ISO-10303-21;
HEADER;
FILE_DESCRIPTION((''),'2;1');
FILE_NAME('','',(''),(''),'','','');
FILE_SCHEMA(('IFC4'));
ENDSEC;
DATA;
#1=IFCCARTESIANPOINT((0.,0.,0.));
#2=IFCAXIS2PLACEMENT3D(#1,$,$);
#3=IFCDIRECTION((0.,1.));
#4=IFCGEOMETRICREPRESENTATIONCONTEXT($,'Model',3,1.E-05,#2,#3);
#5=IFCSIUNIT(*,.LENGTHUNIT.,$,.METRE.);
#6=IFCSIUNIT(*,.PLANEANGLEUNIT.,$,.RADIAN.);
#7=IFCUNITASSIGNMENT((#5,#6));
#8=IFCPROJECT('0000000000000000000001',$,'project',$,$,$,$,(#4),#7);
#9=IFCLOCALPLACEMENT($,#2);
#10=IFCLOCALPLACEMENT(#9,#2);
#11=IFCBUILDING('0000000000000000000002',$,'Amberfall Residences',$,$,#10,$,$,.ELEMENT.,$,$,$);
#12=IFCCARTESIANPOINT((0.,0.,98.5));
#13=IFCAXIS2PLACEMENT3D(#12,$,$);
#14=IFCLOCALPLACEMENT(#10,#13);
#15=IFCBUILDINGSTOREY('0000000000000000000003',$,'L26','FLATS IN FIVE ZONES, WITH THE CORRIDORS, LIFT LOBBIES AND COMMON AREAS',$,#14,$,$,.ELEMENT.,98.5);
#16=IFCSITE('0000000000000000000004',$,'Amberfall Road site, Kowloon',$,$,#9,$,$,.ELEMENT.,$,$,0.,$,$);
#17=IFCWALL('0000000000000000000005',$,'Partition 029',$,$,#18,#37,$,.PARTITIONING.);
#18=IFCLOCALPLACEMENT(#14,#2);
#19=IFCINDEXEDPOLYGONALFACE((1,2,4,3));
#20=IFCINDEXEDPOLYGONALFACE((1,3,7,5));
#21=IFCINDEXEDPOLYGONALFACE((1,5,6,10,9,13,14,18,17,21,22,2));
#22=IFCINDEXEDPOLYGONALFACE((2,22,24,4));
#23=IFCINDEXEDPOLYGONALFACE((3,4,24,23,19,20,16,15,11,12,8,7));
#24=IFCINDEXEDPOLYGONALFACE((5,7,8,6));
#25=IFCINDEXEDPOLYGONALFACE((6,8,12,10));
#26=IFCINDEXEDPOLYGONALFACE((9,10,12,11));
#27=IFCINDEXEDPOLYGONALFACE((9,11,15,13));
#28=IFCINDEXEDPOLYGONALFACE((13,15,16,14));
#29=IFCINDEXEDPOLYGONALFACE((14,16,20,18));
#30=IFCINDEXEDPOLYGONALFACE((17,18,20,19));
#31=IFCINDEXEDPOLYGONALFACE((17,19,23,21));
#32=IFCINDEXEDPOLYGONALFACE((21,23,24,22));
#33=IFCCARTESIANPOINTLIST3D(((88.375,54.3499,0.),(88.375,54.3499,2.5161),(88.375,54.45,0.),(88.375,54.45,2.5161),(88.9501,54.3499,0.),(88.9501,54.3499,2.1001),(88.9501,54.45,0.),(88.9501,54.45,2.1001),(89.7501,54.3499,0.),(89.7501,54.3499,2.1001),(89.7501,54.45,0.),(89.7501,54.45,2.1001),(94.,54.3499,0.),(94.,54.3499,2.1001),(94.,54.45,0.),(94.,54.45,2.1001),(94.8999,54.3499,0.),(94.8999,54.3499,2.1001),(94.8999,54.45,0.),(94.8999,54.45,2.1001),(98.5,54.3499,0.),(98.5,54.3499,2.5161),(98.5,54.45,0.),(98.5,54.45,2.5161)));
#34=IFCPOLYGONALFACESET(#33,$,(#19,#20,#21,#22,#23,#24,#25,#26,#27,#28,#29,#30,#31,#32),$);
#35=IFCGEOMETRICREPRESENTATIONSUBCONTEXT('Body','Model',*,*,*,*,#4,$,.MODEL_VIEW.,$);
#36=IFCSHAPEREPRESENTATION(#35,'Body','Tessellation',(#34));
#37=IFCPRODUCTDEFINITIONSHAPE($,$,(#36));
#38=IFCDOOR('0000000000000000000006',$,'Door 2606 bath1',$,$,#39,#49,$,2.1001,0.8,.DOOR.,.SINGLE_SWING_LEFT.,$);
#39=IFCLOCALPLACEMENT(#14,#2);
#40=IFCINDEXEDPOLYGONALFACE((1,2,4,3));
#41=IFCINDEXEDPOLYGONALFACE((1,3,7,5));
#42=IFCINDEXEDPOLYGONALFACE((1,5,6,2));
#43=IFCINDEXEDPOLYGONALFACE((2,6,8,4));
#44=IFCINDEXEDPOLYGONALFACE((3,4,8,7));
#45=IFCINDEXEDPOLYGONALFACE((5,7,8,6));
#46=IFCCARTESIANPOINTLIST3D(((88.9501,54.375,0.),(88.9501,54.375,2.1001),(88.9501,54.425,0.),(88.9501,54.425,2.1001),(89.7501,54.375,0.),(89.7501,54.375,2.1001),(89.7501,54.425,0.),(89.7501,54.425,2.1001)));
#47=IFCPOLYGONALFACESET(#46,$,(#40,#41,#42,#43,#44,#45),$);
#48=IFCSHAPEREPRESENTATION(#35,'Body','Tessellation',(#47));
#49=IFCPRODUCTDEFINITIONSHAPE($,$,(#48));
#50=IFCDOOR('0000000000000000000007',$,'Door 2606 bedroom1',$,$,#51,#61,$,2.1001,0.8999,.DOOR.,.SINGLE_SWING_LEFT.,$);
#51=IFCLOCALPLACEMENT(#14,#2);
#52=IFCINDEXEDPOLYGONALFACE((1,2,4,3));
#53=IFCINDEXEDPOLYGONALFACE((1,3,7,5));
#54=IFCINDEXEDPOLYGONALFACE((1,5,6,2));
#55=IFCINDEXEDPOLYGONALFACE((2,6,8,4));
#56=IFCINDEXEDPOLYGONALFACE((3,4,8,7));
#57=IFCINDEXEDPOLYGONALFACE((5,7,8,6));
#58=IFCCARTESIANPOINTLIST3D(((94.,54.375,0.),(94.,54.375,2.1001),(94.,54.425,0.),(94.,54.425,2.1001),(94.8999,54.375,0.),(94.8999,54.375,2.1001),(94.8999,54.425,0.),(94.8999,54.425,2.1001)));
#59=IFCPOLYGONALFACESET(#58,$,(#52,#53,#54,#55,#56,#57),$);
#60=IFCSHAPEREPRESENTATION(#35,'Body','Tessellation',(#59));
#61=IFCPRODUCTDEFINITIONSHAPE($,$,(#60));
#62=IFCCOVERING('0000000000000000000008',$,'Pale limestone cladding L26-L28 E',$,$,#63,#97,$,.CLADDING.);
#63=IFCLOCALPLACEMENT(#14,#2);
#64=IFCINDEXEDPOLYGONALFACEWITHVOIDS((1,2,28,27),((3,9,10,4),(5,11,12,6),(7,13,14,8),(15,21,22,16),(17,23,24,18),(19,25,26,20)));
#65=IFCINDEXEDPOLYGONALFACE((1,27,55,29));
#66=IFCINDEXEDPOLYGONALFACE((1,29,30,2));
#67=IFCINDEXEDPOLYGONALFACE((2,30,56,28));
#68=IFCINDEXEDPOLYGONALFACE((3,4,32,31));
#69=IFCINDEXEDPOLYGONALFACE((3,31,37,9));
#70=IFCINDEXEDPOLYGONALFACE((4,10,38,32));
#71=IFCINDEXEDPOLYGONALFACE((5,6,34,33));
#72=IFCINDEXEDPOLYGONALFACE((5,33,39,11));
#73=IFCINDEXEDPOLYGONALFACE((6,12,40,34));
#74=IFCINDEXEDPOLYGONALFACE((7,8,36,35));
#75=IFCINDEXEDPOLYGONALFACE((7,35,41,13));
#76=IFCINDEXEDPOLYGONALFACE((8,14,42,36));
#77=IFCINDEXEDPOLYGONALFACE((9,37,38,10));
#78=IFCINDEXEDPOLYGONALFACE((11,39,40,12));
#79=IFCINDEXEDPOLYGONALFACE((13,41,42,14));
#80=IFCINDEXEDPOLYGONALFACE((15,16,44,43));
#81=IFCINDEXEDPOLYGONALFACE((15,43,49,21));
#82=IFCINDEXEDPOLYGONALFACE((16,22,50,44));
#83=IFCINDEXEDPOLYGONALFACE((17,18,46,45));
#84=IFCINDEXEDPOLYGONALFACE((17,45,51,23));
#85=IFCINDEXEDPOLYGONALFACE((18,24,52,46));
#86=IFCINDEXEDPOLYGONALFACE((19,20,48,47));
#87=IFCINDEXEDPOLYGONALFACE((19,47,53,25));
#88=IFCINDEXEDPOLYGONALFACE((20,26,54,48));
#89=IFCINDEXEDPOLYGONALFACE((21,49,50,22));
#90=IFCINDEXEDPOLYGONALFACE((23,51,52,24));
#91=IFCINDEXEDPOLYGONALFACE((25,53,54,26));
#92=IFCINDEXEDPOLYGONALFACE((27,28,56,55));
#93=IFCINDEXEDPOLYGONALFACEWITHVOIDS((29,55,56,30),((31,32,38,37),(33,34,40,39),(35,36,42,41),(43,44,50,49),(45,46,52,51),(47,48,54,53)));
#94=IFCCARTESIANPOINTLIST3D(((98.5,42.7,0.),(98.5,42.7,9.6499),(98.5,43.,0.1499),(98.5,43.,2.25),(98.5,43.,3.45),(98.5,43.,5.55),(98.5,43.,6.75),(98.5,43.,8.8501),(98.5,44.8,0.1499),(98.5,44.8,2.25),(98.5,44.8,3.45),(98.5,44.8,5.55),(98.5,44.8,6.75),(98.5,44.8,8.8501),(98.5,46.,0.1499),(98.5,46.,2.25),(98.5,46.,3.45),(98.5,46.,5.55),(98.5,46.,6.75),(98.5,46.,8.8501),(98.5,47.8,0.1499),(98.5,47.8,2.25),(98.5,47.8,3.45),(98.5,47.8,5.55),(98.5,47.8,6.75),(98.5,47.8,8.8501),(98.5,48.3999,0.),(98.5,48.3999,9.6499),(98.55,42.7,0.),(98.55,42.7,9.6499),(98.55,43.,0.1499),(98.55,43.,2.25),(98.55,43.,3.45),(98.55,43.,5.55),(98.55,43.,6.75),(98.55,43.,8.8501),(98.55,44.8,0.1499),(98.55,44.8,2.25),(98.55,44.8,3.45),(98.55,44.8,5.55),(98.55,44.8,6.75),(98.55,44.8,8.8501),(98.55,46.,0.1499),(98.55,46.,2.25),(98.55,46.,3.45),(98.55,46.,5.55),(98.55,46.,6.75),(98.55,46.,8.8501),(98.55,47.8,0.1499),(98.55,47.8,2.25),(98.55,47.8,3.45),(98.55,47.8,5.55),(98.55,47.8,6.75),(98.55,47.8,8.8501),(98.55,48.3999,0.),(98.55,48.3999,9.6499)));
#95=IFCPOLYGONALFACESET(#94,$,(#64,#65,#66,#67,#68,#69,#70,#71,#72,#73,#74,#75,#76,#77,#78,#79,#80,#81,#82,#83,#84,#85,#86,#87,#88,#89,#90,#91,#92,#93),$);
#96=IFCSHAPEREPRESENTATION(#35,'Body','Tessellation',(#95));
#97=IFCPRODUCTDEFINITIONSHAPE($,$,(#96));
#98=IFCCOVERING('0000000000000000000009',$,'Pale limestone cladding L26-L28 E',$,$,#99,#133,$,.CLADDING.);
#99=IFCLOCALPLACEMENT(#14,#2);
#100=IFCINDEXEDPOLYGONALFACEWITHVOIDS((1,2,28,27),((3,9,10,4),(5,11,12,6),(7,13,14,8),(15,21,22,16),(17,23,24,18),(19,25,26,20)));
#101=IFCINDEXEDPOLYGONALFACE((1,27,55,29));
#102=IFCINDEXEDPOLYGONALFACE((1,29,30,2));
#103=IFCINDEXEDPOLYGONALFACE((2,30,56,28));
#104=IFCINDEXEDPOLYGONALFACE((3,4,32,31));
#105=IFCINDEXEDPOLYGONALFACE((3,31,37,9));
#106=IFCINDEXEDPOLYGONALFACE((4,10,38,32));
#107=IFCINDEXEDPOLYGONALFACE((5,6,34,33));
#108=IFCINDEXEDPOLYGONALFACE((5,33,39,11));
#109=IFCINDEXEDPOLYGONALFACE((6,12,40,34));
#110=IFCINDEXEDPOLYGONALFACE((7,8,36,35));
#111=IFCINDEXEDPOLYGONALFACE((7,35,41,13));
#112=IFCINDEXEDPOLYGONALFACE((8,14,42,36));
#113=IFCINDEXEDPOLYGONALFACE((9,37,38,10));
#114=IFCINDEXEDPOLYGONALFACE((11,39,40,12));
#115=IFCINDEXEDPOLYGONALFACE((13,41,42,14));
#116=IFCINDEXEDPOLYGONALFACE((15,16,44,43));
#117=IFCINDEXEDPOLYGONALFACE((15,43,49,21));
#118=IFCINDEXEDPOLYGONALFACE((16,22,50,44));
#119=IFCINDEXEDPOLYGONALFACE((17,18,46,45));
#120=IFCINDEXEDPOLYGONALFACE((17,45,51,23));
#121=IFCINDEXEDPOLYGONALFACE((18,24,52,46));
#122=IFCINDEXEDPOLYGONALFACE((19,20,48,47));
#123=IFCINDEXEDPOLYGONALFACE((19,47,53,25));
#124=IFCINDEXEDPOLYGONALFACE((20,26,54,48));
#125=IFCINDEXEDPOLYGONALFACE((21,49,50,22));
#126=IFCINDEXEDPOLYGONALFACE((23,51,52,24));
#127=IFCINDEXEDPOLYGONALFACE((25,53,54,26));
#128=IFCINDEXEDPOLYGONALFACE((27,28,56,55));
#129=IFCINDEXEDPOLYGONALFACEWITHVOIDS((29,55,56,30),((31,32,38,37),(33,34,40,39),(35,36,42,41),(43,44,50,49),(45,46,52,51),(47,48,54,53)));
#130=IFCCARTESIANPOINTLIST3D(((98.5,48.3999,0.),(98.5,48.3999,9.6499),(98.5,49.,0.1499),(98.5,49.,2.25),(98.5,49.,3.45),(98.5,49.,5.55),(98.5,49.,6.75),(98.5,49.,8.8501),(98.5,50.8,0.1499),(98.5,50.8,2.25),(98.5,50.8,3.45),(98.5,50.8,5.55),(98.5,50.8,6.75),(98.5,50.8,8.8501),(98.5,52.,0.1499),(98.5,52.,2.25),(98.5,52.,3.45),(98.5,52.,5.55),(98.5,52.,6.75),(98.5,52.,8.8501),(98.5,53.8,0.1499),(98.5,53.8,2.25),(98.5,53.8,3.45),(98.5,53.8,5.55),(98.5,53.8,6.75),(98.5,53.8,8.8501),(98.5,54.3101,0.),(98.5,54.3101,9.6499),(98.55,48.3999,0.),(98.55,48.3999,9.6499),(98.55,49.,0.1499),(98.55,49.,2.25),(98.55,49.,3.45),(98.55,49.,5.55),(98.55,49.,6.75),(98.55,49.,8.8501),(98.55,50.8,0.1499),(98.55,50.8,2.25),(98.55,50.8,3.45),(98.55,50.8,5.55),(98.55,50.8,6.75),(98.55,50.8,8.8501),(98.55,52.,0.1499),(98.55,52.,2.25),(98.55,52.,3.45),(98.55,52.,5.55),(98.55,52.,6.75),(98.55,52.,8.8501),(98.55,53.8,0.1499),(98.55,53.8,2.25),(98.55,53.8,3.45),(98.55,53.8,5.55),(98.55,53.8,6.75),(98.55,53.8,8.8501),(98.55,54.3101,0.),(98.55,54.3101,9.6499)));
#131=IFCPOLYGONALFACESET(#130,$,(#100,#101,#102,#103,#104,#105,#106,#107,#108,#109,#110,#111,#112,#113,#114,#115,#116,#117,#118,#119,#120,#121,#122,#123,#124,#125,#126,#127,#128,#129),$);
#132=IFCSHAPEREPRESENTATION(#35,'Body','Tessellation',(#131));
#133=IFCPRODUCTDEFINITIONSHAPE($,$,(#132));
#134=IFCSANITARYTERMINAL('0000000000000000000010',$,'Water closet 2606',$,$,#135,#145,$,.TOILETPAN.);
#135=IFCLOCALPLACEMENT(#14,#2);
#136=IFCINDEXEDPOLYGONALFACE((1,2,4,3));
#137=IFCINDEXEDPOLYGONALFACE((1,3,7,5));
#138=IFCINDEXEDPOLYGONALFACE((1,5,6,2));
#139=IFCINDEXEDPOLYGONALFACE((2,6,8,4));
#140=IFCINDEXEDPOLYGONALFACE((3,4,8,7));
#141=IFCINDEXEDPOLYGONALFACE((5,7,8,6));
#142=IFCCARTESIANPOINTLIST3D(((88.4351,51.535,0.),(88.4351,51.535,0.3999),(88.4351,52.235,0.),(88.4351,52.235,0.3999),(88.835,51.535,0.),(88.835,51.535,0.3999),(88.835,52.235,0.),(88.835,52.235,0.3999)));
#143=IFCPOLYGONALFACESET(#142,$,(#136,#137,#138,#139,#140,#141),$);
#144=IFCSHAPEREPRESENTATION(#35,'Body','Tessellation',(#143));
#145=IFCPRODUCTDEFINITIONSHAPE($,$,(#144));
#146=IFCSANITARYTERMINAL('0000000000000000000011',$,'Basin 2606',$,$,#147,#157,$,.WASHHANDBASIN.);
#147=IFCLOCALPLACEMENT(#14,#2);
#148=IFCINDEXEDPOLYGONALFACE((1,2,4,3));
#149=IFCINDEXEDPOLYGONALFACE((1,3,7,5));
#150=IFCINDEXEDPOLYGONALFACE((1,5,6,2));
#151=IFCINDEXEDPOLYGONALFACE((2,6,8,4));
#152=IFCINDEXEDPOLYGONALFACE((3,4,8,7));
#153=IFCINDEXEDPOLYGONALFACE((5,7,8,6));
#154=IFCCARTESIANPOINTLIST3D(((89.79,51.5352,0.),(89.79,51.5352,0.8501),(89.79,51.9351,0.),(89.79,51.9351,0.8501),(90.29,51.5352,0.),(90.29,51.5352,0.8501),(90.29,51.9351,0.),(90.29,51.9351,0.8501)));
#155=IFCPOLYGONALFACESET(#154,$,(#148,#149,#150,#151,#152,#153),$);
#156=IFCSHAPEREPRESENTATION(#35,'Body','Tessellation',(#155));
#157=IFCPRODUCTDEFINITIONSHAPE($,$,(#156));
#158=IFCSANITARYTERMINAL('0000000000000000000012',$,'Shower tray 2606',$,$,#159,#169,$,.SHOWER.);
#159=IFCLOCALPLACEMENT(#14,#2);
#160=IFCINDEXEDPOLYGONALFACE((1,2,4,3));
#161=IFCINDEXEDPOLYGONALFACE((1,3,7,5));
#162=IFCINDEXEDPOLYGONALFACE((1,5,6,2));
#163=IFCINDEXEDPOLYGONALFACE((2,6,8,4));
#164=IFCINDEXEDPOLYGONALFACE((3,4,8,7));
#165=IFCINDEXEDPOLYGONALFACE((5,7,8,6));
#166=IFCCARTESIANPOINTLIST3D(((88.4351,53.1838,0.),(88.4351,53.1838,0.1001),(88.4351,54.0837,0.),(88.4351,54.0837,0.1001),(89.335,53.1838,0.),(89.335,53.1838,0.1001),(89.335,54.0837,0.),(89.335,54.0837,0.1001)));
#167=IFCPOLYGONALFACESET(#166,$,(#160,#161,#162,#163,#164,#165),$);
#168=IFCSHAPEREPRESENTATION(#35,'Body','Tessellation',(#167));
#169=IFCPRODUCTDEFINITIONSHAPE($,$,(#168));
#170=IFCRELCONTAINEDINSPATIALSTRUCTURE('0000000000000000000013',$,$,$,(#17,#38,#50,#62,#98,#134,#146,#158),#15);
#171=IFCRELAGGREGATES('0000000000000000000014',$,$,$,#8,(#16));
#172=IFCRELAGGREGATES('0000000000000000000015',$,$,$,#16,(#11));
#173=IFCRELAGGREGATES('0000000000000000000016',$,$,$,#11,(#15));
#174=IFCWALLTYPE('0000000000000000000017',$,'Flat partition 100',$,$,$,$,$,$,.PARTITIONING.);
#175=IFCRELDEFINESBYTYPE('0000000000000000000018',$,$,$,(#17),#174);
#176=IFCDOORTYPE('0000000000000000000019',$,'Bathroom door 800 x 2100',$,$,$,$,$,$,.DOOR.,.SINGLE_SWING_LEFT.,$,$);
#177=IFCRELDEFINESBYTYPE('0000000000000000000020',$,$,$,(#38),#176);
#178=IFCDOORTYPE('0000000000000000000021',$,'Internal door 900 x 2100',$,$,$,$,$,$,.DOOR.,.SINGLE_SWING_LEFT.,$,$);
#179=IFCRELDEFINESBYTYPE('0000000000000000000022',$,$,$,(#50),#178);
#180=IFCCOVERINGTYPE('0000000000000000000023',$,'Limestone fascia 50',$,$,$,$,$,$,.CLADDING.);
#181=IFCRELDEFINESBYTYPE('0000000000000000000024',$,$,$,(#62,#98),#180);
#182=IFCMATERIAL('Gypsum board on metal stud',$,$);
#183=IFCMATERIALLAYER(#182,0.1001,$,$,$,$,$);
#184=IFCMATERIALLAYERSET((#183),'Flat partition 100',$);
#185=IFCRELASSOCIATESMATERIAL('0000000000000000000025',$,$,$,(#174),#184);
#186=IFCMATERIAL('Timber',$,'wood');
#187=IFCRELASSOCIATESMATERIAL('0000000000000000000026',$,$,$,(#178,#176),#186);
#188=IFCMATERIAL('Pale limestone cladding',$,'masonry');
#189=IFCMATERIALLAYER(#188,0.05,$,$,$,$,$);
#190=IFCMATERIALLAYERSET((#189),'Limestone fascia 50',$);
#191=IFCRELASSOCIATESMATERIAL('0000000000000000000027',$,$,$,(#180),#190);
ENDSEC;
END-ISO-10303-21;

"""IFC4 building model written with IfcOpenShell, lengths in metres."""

from ifc_helpers import new_model, si_unit, direction, frame, frame_2d, origin, origin_2d, place, context, subcontext, project, spatial, polyline, rectangle, outline, extrude, material, layer, layer_set, type_object, element, fill, save


model = new_model("IFC4")

# Units and contexts
model_context = context("Model", 3, precision=1e-05, world=origin(), true_north=direction((0.0, 1.0)))
body_context = subcontext(model_context, "Body", "Model", "MODEL_VIEW")
ifc_project = project(units=[si_unit("LENGTHUNIT", "METRE"), si_unit("PLANEANGLEUNIT", "RADIAN")], contexts=[model_context])

# Site, building, storey
site_placement = place(None, origin())
site = spatial("IfcSite", under=ifc_project, at=site_placement, Name="Amberfall Road site, Kowloon", CompositionType="ELEMENT", RefElevation=0.0)
building_placement = place(site_placement, origin())
building = spatial("IfcBuilding", under=site, at=building_placement, Name="Amberfall Residences", CompositionType="ELEMENT")
storey_placement = place(building_placement, frame((0.0, 0.0, 98.5)))
storey = spatial("IfcBuildingStorey", under=building, at=storey_placement, Name="L26", Description="FLATS IN FIVE ZONES, WITH THE CORRIDORS, LIFT LOBBIES AND COMMON AREAS", CompositionType="ELEMENT", Elevation=98.5)

# Shared definitions
ifc_material_1 = material(Name="Gypsum board on metal stud")
ifc_layer_1 = layer(ifc_material_1, 0.1001)
ifc_layer_set_1 = layer_set([ifc_layer_1], Name="Flat partition 100")
wall_type_1 = type_object("IfcWallType", Name="Flat partition 100", PredefinedType="PARTITIONING", material=ifc_layer_set_1)
ifc_material_2 = material(Name="Timber", Category="wood")
door_type_1 = type_object("IfcDoorType", Name="Internal door 900 x 2100", OperationType="SINGLE_SWING_LEFT", PredefinedType="DOOR", material=ifc_material_2)

# Wall, openings, doors
wall_1_placement = place(storey_placement, frame((98.5, 54.3999, 0.0), z_axis=(0.0, 0.0, 1.0), x_axis=(-1.0, 0.0, 0.0)))
wall_1 = element("IfcWall", 1, at=wall_1_placement, inside=storey, type_object=wall_type_1, Name="Partition 029", PredefinedType="PARTITIONING", context=body_context, shape_type="SweptSolid", body=[
    extrude(rectangle(XDim=10.125, YDim=0.1001, at=frame_2d((5.0625, 0.0))), origin(), (0.0, 0.0, 1.0), 2.5161),
])
opening_1_placement = place(wall_1_placement, frame((3.6001, 0.0, 0.0)))
opening_1 = element("IfcOpeningElement", 2, at=opening_1_placement, cuts=wall_1, PredefinedType="OPENING", context=body_context, shape_type="SweptSolid", body=[
    extrude(rectangle(XDim=0.8999, YDim=2.1001, at=frame_2d((0.45, 1.05))), frame((0.0, 0.0601, 0.0), z_axis=(0.0, -1.0, 0.0), x_axis=(1.0, 0.0, 0.0)), (0.0, 0.0, 1.0), 0.1201),
])
opening_2_placement = place(wall_1_placement, frame((8.75, 0.0, 0.0)))
opening_2 = element("IfcOpeningElement", 3, at=opening_2_placement, cuts=wall_1, PredefinedType="OPENING", context=body_context, shape_type="SweptSolid", body=[
    extrude(rectangle(XDim=0.8, YDim=2.1001, at=frame_2d((0.3999, 1.05))), frame((0.0, 0.0601, 0.0), z_axis=(0.0, -1.0, 0.0), x_axis=(1.0, 0.0, 0.0)), (0.0, 0.0, 1.0), 0.1201),
])
door_type_2 = type_object("IfcDoorType", Name="Bathroom door 800 x 2100", OperationType="SINGLE_SWING_LEFT", PredefinedType="DOOR", material=ifc_material_2)
door_1_placement = place(opening_2_placement, origin())
door_1 = element("IfcDoor", 4, at=door_1_placement, inside=storey, type_object=door_type_2, Name="Door 2606 bath1", OperationType="SINGLE_SWING_LEFT", OverallHeight=2.1001, OverallWidth=0.8, PredefinedType="DOOR", context=body_context, shape_type="SweptSolid", body=[
    extrude(rectangle(XDim=0.8, YDim=2.1001, at=frame_2d((0.3999, 1.05))), frame((0.0, 0.0249, 0.0), z_axis=(0.0, -1.0, 0.0), x_axis=(1.0, 0.0, 0.0)), (0.0, 0.0, 1.0), 0.05),
])
fill(opening_2, door_1)
door_2_placement = place(opening_1_placement, origin())
door_2 = element("IfcDoor", 5, at=door_2_placement, inside=storey, type_object=door_type_1, Name="Door 2606 bedroom1", OperationType="SINGLE_SWING_LEFT", OverallHeight=2.1001, OverallWidth=0.8999, PredefinedType="DOOR", context=body_context, shape_type="SweptSolid", body=[
    extrude(rectangle(XDim=0.8999, YDim=2.1001, at=frame_2d((0.45, 1.05))), frame((0.0, 0.0249, 0.0), z_axis=(0.0, -1.0, 0.0), x_axis=(1.0, 0.0, 0.0)), (0.0, 0.0, 1.0), 0.05),
])
fill(opening_1, door_2)

# Coverings
ifc_material_3 = material(Name="Pale limestone cladding", Category="masonry")
ifc_layer_2 = layer(ifc_material_3, 0.05)
ifc_layer_set_2 = layer_set([ifc_layer_2], Name="Limestone fascia 50")
covering_type = type_object("IfcCoveringType", Name="Limestone fascia 50", PredefinedType="CLADDING", material=ifc_layer_set_2)
covering_1_placement = place(storey_placement, frame((98.5, 42.7, 9.6499), z_axis=(-1.0, 0.0, 0.0), x_axis=(0.0, 1.0, 0.0)))
element("IfcCovering", 6, at=covering_1_placement, inside=storey, type_object=covering_type, Name="Pale limestone cladding L26-L28 E", PredefinedType="CLADDING", context=body_context, shape_type="SweptSolid", body=[
    extrude(outline(polyline([(0.0, 0.0), (5.7, 0.0), (5.7, 9.6499), (0.0, 9.6499), (0.0, 0.0)]), holes=[polyline([(0.3, 7.3999), (2.1001, 7.3999), (2.1001, 9.5), (0.3, 9.5), (0.3, 7.3999)]), polyline([(3.3, 7.3999), (5.1001, 7.3999), (5.1001, 9.5), (3.3, 9.5), (3.3, 7.3999)]), polyline([(0.3, 4.0999), (2.1001, 4.0999), (2.1001, 6.2), (0.3, 6.2), (0.3, 4.0999)]), polyline([(3.3, 4.0999), (5.1001, 4.0999), (5.1001, 6.2), (3.3, 6.2), (3.3, 4.0999)]), polyline([(0.3, 0.7998), (2.1001, 0.7998), (2.1001, 2.8999), (0.3, 2.8999), (0.3, 0.7998)]), polyline([(3.3, 0.7998), (5.1001, 0.7998), (5.1001, 2.8999), (3.3, 2.8999), (3.3, 0.7998)])]), origin(), (0.0, 0.0, -1.0), 0.05),
])
covering_2_placement = place(storey_placement, frame((98.5, 48.3999, 9.6499), z_axis=(-1.0, 0.0, 0.0), x_axis=(0.0, 1.0, 0.0)))
element("IfcCovering", 7, at=covering_2_placement, inside=storey, type_object=covering_type, Name="Pale limestone cladding L26-L28 E", PredefinedType="CLADDING", context=body_context, shape_type="SweptSolid", body=[
    extrude(outline(polyline([(0.0, 0.0), (5.9102, 0.0), (5.9102, 9.6499), (0.0, 9.6499), (0.0, 0.0)]), holes=[polyline([(0.6001, 7.3999), (2.4001, 7.3999), (2.4001, 9.5), (0.6001, 9.5), (0.6001, 7.3999)]), polyline([(3.6001, 7.3999), (5.4001, 7.3999), (5.4001, 9.5), (3.6001, 9.5), (3.6001, 7.3999)]), polyline([(0.6001, 4.0999), (2.4001, 4.0999), (2.4001, 6.2), (0.6001, 6.2), (0.6001, 4.0999)]), polyline([(3.6001, 4.0999), (5.4001, 4.0999), (5.4001, 6.2), (3.6001, 6.2), (3.6001, 4.0999)]), polyline([(0.6001, 0.7998), (2.4001, 0.7998), (2.4001, 2.8999), (0.6001, 2.8999), (0.6001, 0.7998)]), polyline([(3.6001, 0.7998), (5.4001, 0.7998), (5.4001, 2.8999), (3.6001, 2.8999), (3.6001, 0.7998)])]), origin(), (0.0, 0.0, -1.0), 0.05),
])

# Sanitary terminals
sanitary_terminal_1_placement = place(storey_placement, frame((88.635, 51.885, 0.0), z_axis=(0.0, 0.0, 1.0), x_axis=(1.0, 0.0, 0.0)))
element("IfcSanitaryTerminal", 8, at=sanitary_terminal_1_placement, inside=storey, Name="Water closet 2606", PredefinedType="TOILETPAN", context=body_context, shape_type="SweptSolid", body=[
    extrude(rectangle(XDim=0.3999, YDim=0.7, at=origin_2d()), origin(), (0.0, 0.0, 1.0), 0.3999),
])
sanitary_terminal_2_placement = place(storey_placement, frame((90.04, 51.7351, 0.0), z_axis=(0.0, 0.0, 1.0), x_axis=(1.0, 0.0, 0.0)))
element("IfcSanitaryTerminal", 9, at=sanitary_terminal_2_placement, inside=storey, Name="Basin 2606", PredefinedType="WASHHANDBASIN", context=body_context, shape_type="SweptSolid", body=[
    extrude(rectangle(XDim=0.5, YDim=0.3999, at=origin_2d()), origin(), (0.0, 0.0, 1.0), 0.8501),
])
sanitary_terminal_3_placement = place(storey_placement, frame((88.885, 53.6338, 0.0), z_axis=(0.0, 0.0, 1.0), x_axis=(1.0, 0.0, 0.0)))
element("IfcSanitaryTerminal", 10, at=sanitary_terminal_3_placement, inside=storey, Name="Shower tray 2606", PredefinedType="SHOWER", context=body_context, shape_type="SweptSolid", body=[
    extrude(rectangle(XDim=0.8999, YDim=0.8999, at=origin_2d()), origin(), (0.0, 0.0, 1.0), 0.1001),
])

save(model, "model.ifc")
